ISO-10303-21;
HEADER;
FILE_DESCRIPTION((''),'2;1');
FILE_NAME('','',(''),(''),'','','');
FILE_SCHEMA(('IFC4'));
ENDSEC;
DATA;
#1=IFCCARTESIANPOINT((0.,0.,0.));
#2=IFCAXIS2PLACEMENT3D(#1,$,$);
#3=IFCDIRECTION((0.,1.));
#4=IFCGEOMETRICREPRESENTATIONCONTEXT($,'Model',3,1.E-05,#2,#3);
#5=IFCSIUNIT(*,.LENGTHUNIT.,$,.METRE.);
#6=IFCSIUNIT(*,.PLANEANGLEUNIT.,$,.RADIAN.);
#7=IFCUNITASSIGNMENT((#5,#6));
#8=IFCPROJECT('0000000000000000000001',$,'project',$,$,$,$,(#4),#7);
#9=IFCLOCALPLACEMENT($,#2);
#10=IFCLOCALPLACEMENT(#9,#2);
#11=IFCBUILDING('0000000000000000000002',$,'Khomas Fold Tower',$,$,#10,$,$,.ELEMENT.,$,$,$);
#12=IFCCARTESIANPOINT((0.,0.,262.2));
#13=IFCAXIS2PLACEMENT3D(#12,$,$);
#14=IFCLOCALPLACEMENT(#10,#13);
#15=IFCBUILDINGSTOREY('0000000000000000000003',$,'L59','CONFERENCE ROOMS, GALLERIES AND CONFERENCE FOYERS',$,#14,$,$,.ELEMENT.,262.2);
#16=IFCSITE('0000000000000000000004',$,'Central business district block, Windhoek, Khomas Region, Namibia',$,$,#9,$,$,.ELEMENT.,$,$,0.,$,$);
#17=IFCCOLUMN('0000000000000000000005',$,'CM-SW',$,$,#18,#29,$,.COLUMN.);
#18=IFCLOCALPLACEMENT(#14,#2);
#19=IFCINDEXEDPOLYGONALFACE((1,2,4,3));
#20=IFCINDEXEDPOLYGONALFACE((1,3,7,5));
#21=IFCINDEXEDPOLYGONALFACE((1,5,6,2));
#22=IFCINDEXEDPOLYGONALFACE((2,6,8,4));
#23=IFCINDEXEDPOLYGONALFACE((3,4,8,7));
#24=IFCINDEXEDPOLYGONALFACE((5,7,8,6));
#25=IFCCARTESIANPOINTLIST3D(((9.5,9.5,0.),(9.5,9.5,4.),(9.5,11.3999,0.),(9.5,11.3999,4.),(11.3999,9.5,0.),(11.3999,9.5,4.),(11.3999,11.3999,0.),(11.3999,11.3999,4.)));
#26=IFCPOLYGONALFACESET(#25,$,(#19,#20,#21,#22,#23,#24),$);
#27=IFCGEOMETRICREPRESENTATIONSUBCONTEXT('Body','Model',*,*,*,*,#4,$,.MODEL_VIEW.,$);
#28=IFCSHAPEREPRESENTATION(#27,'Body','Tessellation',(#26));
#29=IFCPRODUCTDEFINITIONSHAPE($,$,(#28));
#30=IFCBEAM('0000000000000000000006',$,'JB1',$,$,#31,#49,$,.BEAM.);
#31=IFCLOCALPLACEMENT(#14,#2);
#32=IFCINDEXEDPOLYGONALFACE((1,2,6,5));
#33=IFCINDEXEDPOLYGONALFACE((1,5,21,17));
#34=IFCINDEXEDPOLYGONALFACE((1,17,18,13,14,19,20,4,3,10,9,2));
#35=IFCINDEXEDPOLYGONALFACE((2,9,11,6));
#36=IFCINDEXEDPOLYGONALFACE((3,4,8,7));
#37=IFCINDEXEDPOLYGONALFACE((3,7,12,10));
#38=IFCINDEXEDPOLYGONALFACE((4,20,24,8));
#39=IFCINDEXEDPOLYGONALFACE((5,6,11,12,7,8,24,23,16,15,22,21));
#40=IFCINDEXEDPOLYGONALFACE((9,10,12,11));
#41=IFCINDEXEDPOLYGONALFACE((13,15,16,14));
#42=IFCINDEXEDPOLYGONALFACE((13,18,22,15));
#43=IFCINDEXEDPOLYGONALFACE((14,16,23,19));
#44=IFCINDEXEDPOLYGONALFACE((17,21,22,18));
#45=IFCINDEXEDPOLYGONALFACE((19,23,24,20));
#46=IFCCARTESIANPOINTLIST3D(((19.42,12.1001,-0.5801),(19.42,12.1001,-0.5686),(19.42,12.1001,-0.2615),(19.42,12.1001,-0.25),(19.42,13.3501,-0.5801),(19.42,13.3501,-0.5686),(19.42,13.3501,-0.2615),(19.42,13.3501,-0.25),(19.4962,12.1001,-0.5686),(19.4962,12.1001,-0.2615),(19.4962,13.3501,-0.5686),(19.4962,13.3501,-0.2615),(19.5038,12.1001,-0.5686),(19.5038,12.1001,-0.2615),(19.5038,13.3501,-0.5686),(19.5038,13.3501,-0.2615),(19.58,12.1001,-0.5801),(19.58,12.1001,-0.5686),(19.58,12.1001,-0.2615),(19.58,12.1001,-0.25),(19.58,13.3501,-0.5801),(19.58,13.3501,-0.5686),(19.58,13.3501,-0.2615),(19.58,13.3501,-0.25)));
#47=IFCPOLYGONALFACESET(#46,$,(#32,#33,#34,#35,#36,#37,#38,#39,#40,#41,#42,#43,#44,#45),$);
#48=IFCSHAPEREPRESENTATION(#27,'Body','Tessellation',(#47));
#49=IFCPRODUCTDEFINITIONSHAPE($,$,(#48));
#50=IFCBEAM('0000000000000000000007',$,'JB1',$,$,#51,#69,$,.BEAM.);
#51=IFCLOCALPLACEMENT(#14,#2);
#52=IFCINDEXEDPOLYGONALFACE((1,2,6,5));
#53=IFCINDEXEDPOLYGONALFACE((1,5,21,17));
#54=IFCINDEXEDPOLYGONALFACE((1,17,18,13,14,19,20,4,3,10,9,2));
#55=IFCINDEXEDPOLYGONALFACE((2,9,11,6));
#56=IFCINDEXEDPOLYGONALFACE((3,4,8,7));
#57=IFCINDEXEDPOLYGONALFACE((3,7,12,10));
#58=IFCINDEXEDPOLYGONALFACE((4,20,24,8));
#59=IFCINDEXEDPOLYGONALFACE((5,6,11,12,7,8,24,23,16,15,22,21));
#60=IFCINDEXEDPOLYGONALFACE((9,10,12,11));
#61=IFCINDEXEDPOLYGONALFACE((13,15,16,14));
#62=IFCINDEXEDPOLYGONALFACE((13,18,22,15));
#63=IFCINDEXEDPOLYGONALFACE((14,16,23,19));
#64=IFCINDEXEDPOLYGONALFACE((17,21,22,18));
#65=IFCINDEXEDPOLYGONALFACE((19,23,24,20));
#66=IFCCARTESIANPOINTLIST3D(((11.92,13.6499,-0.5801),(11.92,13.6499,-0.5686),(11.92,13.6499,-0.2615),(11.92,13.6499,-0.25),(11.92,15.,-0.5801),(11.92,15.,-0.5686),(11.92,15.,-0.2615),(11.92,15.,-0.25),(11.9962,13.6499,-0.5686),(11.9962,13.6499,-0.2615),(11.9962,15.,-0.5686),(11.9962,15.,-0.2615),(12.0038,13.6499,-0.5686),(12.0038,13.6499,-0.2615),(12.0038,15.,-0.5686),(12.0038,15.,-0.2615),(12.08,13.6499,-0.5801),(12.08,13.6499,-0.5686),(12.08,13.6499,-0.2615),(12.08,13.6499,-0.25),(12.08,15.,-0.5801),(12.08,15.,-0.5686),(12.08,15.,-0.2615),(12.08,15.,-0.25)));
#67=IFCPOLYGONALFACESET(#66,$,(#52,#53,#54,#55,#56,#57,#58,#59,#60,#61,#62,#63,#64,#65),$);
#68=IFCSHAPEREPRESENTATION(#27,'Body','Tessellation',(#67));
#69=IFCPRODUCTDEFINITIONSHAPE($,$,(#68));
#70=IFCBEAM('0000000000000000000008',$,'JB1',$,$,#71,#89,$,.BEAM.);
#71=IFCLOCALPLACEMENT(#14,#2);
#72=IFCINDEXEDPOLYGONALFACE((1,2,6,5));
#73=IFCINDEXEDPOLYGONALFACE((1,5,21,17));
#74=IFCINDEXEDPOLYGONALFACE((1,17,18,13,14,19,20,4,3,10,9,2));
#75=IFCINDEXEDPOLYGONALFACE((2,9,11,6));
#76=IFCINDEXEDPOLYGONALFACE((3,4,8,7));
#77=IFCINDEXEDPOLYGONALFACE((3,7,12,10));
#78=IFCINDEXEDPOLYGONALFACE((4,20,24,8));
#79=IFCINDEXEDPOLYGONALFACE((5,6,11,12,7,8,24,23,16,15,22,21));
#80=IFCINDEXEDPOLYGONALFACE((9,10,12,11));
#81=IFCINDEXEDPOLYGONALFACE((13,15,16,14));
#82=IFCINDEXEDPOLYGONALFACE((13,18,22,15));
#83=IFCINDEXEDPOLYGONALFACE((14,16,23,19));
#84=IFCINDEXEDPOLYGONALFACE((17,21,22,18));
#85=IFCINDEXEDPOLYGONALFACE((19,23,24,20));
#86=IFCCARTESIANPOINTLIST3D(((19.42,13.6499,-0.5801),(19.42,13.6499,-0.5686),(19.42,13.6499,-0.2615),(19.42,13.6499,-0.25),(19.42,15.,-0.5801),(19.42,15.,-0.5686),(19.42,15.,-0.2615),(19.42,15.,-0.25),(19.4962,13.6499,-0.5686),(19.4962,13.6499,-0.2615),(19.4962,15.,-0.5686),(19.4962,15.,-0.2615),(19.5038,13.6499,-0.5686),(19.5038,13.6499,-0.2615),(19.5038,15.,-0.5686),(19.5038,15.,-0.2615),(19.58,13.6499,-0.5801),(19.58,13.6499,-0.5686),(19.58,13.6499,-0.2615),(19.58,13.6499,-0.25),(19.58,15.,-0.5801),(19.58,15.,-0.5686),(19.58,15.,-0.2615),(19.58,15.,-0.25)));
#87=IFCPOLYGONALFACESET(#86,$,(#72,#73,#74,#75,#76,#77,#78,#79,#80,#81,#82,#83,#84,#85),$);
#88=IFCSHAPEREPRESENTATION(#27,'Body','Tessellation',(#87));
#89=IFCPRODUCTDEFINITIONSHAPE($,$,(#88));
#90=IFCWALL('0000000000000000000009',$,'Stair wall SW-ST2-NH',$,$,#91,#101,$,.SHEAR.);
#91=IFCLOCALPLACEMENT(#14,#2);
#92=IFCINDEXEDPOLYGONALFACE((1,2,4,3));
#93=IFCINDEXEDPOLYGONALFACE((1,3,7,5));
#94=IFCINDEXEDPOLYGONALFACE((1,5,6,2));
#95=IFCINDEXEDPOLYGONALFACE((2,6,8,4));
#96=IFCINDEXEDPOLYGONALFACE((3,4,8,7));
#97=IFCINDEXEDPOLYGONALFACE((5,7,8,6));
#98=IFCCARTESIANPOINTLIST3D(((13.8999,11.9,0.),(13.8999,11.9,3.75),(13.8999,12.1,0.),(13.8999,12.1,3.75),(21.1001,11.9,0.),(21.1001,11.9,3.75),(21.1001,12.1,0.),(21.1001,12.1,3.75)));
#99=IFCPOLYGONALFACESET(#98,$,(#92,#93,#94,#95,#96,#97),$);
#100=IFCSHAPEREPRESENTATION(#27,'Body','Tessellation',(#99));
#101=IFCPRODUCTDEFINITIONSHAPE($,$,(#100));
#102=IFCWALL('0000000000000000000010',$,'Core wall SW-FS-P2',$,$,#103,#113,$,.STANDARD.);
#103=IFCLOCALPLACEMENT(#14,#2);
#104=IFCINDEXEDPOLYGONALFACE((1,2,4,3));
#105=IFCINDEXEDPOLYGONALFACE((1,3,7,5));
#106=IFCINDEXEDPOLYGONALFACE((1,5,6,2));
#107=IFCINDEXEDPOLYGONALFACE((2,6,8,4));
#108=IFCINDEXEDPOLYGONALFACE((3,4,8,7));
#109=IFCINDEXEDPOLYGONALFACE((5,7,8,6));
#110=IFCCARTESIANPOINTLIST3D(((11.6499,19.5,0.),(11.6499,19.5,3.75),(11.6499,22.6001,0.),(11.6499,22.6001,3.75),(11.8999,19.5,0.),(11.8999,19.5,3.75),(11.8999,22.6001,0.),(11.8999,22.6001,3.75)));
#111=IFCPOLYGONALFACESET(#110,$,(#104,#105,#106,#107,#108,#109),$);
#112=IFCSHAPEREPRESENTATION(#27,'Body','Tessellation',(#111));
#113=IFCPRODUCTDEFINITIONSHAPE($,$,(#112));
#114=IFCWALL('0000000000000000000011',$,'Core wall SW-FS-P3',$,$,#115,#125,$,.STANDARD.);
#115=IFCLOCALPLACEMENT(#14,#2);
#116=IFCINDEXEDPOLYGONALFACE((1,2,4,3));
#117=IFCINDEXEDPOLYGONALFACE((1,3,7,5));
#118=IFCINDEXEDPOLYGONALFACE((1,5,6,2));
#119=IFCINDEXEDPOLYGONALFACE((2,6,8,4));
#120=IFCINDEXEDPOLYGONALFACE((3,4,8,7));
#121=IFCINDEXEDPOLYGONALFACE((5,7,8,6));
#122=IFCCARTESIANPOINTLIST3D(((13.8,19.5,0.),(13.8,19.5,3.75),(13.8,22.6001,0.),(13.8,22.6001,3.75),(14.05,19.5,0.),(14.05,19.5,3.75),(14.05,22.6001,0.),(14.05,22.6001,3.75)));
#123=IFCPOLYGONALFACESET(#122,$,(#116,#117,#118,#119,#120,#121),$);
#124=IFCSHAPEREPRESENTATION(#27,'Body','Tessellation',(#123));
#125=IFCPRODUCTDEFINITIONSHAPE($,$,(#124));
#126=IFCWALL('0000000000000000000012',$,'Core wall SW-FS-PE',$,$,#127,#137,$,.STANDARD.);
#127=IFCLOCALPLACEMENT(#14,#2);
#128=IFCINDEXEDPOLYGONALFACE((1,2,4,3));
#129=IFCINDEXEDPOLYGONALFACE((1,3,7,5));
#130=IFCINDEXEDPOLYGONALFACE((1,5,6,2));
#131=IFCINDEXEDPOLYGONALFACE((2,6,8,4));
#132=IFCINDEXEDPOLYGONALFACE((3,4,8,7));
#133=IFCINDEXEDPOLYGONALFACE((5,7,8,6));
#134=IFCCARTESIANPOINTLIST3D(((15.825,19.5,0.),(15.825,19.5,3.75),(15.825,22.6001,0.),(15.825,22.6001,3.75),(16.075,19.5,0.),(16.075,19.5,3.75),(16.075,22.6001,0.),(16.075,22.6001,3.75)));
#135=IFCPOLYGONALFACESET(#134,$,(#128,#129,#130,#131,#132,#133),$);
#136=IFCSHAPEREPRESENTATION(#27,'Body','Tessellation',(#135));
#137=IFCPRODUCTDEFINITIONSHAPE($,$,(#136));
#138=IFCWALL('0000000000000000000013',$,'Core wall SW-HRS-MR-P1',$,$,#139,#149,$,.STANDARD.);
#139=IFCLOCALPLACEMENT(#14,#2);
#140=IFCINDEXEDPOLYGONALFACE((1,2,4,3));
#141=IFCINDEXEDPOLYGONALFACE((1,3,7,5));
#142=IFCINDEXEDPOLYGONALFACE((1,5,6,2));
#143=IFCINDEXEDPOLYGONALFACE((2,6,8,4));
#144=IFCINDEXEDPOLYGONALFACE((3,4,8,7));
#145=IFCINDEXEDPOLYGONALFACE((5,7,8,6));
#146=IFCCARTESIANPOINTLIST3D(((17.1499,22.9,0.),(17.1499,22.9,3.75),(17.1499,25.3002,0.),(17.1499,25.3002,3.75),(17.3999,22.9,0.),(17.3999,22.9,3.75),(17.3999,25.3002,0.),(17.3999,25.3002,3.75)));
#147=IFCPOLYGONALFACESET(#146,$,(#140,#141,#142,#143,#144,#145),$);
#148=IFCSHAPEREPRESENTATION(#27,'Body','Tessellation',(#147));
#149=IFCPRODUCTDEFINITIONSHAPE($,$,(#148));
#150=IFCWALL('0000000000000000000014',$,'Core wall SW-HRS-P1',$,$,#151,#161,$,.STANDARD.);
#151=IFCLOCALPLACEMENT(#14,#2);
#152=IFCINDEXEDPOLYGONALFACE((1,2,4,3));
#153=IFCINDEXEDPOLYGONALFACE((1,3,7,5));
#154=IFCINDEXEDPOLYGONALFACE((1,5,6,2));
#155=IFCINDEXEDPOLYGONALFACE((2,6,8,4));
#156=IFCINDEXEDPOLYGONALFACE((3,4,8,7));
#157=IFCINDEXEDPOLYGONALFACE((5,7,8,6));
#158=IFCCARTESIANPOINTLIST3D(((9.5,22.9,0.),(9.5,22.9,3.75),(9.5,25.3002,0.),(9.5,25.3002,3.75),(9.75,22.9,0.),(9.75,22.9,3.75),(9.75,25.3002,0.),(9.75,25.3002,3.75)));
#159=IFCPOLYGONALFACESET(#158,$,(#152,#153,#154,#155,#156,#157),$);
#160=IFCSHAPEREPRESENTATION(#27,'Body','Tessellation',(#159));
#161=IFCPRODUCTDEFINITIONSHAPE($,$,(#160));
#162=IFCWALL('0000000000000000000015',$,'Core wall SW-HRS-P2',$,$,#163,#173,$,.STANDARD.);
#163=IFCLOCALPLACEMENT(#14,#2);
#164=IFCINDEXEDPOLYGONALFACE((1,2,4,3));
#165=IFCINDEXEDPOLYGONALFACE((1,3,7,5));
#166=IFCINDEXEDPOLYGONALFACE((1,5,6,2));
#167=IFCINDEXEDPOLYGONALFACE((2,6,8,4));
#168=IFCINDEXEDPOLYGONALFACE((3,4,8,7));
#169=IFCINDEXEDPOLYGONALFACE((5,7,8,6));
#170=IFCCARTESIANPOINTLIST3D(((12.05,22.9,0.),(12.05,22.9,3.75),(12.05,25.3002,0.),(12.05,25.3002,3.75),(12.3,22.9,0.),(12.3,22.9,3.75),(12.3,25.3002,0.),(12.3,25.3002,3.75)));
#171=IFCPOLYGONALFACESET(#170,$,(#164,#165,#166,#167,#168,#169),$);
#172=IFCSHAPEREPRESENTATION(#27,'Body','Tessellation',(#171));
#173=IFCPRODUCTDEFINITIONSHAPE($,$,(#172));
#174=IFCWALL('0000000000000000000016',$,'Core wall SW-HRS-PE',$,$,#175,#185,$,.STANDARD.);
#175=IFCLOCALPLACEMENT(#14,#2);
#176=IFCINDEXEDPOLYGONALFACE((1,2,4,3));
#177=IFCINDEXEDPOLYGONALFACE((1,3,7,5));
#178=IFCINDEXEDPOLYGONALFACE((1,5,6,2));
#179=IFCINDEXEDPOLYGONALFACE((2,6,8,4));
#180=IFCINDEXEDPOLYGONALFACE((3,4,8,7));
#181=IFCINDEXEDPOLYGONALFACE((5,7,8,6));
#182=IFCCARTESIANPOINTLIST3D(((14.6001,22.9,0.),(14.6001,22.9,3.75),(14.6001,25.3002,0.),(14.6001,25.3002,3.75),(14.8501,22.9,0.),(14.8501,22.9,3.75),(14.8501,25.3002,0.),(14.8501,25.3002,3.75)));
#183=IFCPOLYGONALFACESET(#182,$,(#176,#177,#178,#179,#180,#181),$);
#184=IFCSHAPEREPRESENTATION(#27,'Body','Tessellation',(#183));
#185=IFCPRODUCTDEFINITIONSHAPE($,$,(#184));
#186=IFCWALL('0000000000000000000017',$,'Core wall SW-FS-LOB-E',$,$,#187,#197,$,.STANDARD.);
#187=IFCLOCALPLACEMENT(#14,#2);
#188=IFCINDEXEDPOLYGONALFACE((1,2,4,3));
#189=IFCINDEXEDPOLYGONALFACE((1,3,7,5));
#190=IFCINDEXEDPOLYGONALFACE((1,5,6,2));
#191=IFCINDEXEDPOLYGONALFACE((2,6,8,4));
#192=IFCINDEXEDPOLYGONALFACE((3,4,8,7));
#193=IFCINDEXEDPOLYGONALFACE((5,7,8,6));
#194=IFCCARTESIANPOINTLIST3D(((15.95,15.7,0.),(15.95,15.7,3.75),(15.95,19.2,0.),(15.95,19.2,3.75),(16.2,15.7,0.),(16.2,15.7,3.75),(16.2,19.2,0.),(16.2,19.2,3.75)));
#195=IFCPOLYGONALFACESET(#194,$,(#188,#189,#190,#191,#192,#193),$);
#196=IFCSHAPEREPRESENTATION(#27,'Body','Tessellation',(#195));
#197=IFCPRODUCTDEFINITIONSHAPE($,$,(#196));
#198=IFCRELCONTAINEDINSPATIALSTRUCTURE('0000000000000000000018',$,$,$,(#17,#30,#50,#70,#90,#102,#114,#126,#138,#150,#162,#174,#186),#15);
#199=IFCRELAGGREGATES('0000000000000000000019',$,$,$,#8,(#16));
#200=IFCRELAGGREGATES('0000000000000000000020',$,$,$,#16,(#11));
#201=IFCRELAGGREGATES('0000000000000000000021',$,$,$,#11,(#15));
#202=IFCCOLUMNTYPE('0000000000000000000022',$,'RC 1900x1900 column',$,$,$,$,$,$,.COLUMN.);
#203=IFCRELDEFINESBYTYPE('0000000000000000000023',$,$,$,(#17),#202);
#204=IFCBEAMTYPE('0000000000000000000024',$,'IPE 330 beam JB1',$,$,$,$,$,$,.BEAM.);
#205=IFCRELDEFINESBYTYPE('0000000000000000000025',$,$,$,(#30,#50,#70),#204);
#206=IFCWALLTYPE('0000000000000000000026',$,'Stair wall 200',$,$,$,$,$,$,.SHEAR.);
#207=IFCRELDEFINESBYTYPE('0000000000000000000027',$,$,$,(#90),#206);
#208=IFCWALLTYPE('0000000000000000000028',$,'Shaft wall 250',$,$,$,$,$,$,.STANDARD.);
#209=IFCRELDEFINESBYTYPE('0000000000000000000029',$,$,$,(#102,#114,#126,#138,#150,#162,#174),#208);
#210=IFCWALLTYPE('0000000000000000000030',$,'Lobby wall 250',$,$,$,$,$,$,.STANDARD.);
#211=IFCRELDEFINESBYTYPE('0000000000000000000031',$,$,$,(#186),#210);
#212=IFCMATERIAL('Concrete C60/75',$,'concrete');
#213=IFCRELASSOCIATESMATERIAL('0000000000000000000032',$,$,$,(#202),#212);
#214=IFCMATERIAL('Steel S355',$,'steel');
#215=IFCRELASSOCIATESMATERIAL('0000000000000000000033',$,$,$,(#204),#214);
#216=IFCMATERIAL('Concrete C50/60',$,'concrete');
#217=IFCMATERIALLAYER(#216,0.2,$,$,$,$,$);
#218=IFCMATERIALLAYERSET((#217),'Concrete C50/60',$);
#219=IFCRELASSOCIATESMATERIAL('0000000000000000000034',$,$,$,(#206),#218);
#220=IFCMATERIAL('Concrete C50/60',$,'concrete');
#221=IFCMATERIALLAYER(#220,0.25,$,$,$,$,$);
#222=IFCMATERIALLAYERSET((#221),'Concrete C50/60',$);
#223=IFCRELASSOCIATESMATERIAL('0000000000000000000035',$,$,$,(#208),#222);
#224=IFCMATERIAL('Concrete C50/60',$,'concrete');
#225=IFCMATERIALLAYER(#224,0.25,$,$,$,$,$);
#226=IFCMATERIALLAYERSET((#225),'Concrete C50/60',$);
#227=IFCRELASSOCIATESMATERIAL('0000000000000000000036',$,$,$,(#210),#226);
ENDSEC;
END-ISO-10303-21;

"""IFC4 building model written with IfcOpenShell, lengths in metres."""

from ifc_helpers import new_model, si_unit, direction, frame, frame_2d, origin, origin_2d, place, context, subcontext, project, spatial, rectangle, i_section, extrude, source, transform, mapped, material, layer, layer_set, material_profile, profile_set, type_object, element, save


model = new_model("IFC4")

# Units and contexts
model_context = context("Model", 3, precision=1e-05, world=origin(), true_north=direction((0.0, 1.0)))
body_context = subcontext(model_context, "Body", "Model", "MODEL_VIEW")
ifc_project = project(units=[si_unit("LENGTHUNIT", "METRE"), si_unit("PLANEANGLEUNIT", "RADIAN")], contexts=[model_context])

# Site, building, storey
site_placement = place(None, origin())
site = spatial("IfcSite", under=ifc_project, at=site_placement, Name="Central business district block, Windhoek, Khomas Region, Namibia", CompositionType="ELEMENT", RefElevation=0.0)
building_placement = place(site_placement, origin())
building = spatial("IfcBuilding", under=site, at=building_placement, Name="Khomas Fold Tower", CompositionType="ELEMENT")
storey_placement = place(building_placement, frame((0.0, 0.0, 262.2)))
storey = spatial("IfcBuildingStorey", under=building, at=storey_placement, Name="L59", Description="CONFERENCE ROOMS, GALLERIES AND CONFERENCE FOYERS", CompositionType="ELEMENT", Elevation=262.2)

# Column
ifc_material_1 = material(Name="Concrete C60/75", Category="concrete")
ifc_material_profile_1 = material_profile(ifc_material_1, rectangle(XDim=1.8999, YDim=1.8999, at=origin_2d()), Name="RC 1900x1900")
ifc_profile_set_1 = profile_set([ifc_material_profile_1], Name="Concrete C60/75")
column_type = type_object("IfcColumnType", Name="RC 1900x1900 column", PredefinedType="COLUMN", material=ifc_profile_set_1)
shared_shape_1 = source(origin(), body_context, "Body", "SweptSolid", [
    extrude(rectangle(XDim=1.8999, YDim=1.8999, at=origin_2d()), origin(), (0.0, 0.0, 1.0), 4.0),
])
column_placement = place(storey_placement, frame((10.45, 10.45, 0.0), z_axis=(0.0, 0.0, 1.0), x_axis=(1.0, 0.0, 0.0)))
element("IfcColumn", 1, at=column_placement, inside=storey, type_object=column_type, Name="CM-SW", PredefinedType="COLUMN", context=body_context, shape_type="MappedRepresentation", body=[
    mapped(shared_shape_1, transform((0.0, 0.0, 0.0))),
])

# Beams
ifc_material_2 = material(Name="Steel S355", Category="steel")
ifc_material_profile_2 = material_profile(ifc_material_2, i_section(OverallWidth=0.1599, OverallDepth=0.3301, WebThickness=0.0076, FlangeThickness=0.0115, at=origin_2d()), Name="IPE 330")
ifc_profile_set_2 = profile_set([ifc_material_profile_2], Name="Steel S355")
beam_type = type_object("IfcBeamType", Name="IPE 330 beam JB1", PredefinedType="BEAM", material=ifc_profile_set_2)
shared_shape_2 = source(origin(), body_context, "Body", "SweptSolid", [
    extrude(i_section(OverallWidth=0.1599, OverallDepth=0.3301, WebThickness=0.0076, FlangeThickness=0.0115, at=origin_2d()), origin(), (0.0, 0.0, 1.0), 1.25),
])
beam_placement = place(storey_placement, frame((19.5, 12.1001, -0.415), z_axis=(0.0, 1.0, 0.0), x_axis=(-1.0, 0.0, 0.0)))
element("IfcBeam", 2, at=beam_placement, inside=storey, type_object=beam_type, Name="JB1", PredefinedType="BEAM", context=body_context, shape_type="MappedRepresentation", body=[
    mapped(shared_shape_2, transform((0.0, 0.0, 0.0))),
])
shared_shape_3 = source(origin(), body_context, "Body", "SweptSolid", [
    extrude(i_section(OverallWidth=0.1599, OverallDepth=0.3301, WebThickness=0.0076, FlangeThickness=0.0115, at=origin_2d()), origin(), (0.0, 0.0, 1.0), 1.3501),
])
for number, where, z_axis, x_axis, name in (
    (3, (12.0, 13.6499, -0.415), (0.0, 1.0, 0.0), (-1.0, 0.0, 0.0), "JB1"),
    (4, (19.5, 13.6499, -0.415), (0.0, 1.0, 0.0), (-1.0, 0.0, 0.0), "JB1"),
):
    element("IfcBeam", number, at=place(storey_placement, frame(where, z_axis=z_axis, x_axis=x_axis)), inside=storey, type_object=beam_type, Name=name, PredefinedType="BEAM", context=body_context, shape_type="MappedRepresentation", body=[
        mapped(shared_shape_3, transform((0.0, 0.0, 0.0))),
    ])

# Walls
ifc_material_3 = material(Name="Concrete C50/60", Category="concrete")
ifc_layer_1 = layer(ifc_material_3, 0.2)
ifc_layer_set_1 = layer_set([ifc_layer_1], Name="Concrete C50/60")
wall_type_1 = type_object("IfcWallType", Name="Stair wall 200", PredefinedType="SHEAR", material=ifc_layer_set_1)
shared_shape_4 = source(origin(), body_context, "Body", "SweptSolid", [
    extrude(rectangle(XDim=7.2002, YDim=0.2, at=frame_2d((3.6001, 0.0))), origin(), (0.0, 0.0, 1.0), 3.75),
])
wall_1_placement = place(storey_placement, frame((13.8999, 12.0, 0.0), z_axis=(0.0, 0.0, 1.0), x_axis=(1.0, 0.0, 0.0)))
element("IfcWall", 5, at=wall_1_placement, inside=storey, type_object=wall_type_1, Name="Stair wall SW-ST2-NH", PredefinedType="SHEAR", context=body_context, shape_type="MappedRepresentation", body=[
    mapped(shared_shape_4, transform((0.0, 0.0, 0.0))),
])
ifc_material_4 = material(Name="Concrete C50/60", Category="concrete")
ifc_layer_2 = layer(ifc_material_4, 0.25)
ifc_layer_set_2 = layer_set([ifc_layer_2], Name="Concrete C50/60")
wall_type_2 = type_object("IfcWallType", Name="Shaft wall 250", PredefinedType="STANDARD", material=ifc_layer_set_2)
shared_shape_5 = source(origin(), body_context, "Body", "SweptSolid", [
    extrude(rectangle(XDim=3.1001, YDim=0.25, at=frame_2d((1.55, 0.0))), origin(), (0.0, 0.0, 1.0), 3.75),
])
for number, where, z_axis, x_axis, name in (
    (6, (11.7749, 19.5, 0.0), (0.0, 0.0, 1.0), (0.0, 1.0, 0.0), "Core wall SW-FS-P2"),
    (7, (13.925, 19.5, 0.0), (0.0, 0.0, 1.0), (0.0, 1.0, 0.0), "Core wall SW-FS-P3"),
    (8, (15.95, 19.5, 0.0), (0.0, 0.0, 1.0), (0.0, 1.0, 0.0), "Core wall SW-FS-PE"),
):
    element("IfcWall", number, at=place(storey_placement, frame(where, z_axis=z_axis, x_axis=x_axis)), inside=storey, type_object=wall_type_2, Name=name, PredefinedType="STANDARD", context=body_context, shape_type="MappedRepresentation", body=[
        mapped(shared_shape_5, transform((0.0, 0.0, 0.0))),
    ])
shared_shape_6 = source(origin(), body_context, "Body", "SweptSolid", [
    extrude(rectangle(XDim=2.4001, YDim=0.25, at=frame_2d((1.2002, 0.0))), origin(), (0.0, 0.0, 1.0), 3.75),
])
for number, where, z_axis, x_axis, name in (
    (9, (17.2749, 22.8999, 0.0), (0.0, 0.0, 1.0), (0.0, 1.0, 0.0), "Core wall SW-HRS-MR-P1"),
    (10, (9.625, 22.8999, 0.0), (0.0, 0.0, 1.0), (0.0, 1.0, 0.0), "Core wall SW-HRS-P1"),
    (11, (12.175, 22.8999, 0.0), (0.0, 0.0, 1.0), (0.0, 1.0, 0.0), "Core wall SW-HRS-P2"),
    (12, (14.7251, 22.8999, 0.0), (0.0, 0.0, 1.0), (0.0, 1.0, 0.0), "Core wall SW-HRS-PE"),
):
    element("IfcWall", number, at=place(storey_placement, frame(where, z_axis=z_axis, x_axis=x_axis)), inside=storey, type_object=wall_type_2, Name=name, PredefinedType="STANDARD", context=body_context, shape_type="MappedRepresentation", body=[
        mapped(shared_shape_6, transform((0.0, 0.0, 0.0))),
    ])
ifc_material_5 = material(Name="Concrete C50/60", Category="concrete")
ifc_layer_3 = layer(ifc_material_5, 0.25)
ifc_layer_set_3 = layer_set([ifc_layer_3], Name="Concrete C50/60")
wall_type_3 = type_object("IfcWallType", Name="Lobby wall 250", PredefinedType="STANDARD", material=ifc_layer_set_3)
shared_shape_7 = source(origin(), body_context, "Body", "SweptSolid", [
    extrude(rectangle(XDim=3.5, YDim=0.25, at=frame_2d((1.75, 0.0))), origin(), (0.0, 0.0, 1.0), 3.75),
])
for number, where, z_axis, x_axis, name in (
    (13, (16.075, 15.7, 0.0), (0.0, 0.0, 1.0), (0.0, 1.0, 0.0), "Core wall SW-FS-LOB-E"),
):
    element("IfcWall", number, at=place(storey_placement, frame(where, z_axis=z_axis, x_axis=x_axis)), inside=storey, type_object=wall_type_3, Name=name, PredefinedType="STANDARD", context=body_context, shape_type="MappedRepresentation", body=[
        mapped(shared_shape_7, transform((0.0, 0.0, 0.0))),
    ])

save(model, "model.ifc")
